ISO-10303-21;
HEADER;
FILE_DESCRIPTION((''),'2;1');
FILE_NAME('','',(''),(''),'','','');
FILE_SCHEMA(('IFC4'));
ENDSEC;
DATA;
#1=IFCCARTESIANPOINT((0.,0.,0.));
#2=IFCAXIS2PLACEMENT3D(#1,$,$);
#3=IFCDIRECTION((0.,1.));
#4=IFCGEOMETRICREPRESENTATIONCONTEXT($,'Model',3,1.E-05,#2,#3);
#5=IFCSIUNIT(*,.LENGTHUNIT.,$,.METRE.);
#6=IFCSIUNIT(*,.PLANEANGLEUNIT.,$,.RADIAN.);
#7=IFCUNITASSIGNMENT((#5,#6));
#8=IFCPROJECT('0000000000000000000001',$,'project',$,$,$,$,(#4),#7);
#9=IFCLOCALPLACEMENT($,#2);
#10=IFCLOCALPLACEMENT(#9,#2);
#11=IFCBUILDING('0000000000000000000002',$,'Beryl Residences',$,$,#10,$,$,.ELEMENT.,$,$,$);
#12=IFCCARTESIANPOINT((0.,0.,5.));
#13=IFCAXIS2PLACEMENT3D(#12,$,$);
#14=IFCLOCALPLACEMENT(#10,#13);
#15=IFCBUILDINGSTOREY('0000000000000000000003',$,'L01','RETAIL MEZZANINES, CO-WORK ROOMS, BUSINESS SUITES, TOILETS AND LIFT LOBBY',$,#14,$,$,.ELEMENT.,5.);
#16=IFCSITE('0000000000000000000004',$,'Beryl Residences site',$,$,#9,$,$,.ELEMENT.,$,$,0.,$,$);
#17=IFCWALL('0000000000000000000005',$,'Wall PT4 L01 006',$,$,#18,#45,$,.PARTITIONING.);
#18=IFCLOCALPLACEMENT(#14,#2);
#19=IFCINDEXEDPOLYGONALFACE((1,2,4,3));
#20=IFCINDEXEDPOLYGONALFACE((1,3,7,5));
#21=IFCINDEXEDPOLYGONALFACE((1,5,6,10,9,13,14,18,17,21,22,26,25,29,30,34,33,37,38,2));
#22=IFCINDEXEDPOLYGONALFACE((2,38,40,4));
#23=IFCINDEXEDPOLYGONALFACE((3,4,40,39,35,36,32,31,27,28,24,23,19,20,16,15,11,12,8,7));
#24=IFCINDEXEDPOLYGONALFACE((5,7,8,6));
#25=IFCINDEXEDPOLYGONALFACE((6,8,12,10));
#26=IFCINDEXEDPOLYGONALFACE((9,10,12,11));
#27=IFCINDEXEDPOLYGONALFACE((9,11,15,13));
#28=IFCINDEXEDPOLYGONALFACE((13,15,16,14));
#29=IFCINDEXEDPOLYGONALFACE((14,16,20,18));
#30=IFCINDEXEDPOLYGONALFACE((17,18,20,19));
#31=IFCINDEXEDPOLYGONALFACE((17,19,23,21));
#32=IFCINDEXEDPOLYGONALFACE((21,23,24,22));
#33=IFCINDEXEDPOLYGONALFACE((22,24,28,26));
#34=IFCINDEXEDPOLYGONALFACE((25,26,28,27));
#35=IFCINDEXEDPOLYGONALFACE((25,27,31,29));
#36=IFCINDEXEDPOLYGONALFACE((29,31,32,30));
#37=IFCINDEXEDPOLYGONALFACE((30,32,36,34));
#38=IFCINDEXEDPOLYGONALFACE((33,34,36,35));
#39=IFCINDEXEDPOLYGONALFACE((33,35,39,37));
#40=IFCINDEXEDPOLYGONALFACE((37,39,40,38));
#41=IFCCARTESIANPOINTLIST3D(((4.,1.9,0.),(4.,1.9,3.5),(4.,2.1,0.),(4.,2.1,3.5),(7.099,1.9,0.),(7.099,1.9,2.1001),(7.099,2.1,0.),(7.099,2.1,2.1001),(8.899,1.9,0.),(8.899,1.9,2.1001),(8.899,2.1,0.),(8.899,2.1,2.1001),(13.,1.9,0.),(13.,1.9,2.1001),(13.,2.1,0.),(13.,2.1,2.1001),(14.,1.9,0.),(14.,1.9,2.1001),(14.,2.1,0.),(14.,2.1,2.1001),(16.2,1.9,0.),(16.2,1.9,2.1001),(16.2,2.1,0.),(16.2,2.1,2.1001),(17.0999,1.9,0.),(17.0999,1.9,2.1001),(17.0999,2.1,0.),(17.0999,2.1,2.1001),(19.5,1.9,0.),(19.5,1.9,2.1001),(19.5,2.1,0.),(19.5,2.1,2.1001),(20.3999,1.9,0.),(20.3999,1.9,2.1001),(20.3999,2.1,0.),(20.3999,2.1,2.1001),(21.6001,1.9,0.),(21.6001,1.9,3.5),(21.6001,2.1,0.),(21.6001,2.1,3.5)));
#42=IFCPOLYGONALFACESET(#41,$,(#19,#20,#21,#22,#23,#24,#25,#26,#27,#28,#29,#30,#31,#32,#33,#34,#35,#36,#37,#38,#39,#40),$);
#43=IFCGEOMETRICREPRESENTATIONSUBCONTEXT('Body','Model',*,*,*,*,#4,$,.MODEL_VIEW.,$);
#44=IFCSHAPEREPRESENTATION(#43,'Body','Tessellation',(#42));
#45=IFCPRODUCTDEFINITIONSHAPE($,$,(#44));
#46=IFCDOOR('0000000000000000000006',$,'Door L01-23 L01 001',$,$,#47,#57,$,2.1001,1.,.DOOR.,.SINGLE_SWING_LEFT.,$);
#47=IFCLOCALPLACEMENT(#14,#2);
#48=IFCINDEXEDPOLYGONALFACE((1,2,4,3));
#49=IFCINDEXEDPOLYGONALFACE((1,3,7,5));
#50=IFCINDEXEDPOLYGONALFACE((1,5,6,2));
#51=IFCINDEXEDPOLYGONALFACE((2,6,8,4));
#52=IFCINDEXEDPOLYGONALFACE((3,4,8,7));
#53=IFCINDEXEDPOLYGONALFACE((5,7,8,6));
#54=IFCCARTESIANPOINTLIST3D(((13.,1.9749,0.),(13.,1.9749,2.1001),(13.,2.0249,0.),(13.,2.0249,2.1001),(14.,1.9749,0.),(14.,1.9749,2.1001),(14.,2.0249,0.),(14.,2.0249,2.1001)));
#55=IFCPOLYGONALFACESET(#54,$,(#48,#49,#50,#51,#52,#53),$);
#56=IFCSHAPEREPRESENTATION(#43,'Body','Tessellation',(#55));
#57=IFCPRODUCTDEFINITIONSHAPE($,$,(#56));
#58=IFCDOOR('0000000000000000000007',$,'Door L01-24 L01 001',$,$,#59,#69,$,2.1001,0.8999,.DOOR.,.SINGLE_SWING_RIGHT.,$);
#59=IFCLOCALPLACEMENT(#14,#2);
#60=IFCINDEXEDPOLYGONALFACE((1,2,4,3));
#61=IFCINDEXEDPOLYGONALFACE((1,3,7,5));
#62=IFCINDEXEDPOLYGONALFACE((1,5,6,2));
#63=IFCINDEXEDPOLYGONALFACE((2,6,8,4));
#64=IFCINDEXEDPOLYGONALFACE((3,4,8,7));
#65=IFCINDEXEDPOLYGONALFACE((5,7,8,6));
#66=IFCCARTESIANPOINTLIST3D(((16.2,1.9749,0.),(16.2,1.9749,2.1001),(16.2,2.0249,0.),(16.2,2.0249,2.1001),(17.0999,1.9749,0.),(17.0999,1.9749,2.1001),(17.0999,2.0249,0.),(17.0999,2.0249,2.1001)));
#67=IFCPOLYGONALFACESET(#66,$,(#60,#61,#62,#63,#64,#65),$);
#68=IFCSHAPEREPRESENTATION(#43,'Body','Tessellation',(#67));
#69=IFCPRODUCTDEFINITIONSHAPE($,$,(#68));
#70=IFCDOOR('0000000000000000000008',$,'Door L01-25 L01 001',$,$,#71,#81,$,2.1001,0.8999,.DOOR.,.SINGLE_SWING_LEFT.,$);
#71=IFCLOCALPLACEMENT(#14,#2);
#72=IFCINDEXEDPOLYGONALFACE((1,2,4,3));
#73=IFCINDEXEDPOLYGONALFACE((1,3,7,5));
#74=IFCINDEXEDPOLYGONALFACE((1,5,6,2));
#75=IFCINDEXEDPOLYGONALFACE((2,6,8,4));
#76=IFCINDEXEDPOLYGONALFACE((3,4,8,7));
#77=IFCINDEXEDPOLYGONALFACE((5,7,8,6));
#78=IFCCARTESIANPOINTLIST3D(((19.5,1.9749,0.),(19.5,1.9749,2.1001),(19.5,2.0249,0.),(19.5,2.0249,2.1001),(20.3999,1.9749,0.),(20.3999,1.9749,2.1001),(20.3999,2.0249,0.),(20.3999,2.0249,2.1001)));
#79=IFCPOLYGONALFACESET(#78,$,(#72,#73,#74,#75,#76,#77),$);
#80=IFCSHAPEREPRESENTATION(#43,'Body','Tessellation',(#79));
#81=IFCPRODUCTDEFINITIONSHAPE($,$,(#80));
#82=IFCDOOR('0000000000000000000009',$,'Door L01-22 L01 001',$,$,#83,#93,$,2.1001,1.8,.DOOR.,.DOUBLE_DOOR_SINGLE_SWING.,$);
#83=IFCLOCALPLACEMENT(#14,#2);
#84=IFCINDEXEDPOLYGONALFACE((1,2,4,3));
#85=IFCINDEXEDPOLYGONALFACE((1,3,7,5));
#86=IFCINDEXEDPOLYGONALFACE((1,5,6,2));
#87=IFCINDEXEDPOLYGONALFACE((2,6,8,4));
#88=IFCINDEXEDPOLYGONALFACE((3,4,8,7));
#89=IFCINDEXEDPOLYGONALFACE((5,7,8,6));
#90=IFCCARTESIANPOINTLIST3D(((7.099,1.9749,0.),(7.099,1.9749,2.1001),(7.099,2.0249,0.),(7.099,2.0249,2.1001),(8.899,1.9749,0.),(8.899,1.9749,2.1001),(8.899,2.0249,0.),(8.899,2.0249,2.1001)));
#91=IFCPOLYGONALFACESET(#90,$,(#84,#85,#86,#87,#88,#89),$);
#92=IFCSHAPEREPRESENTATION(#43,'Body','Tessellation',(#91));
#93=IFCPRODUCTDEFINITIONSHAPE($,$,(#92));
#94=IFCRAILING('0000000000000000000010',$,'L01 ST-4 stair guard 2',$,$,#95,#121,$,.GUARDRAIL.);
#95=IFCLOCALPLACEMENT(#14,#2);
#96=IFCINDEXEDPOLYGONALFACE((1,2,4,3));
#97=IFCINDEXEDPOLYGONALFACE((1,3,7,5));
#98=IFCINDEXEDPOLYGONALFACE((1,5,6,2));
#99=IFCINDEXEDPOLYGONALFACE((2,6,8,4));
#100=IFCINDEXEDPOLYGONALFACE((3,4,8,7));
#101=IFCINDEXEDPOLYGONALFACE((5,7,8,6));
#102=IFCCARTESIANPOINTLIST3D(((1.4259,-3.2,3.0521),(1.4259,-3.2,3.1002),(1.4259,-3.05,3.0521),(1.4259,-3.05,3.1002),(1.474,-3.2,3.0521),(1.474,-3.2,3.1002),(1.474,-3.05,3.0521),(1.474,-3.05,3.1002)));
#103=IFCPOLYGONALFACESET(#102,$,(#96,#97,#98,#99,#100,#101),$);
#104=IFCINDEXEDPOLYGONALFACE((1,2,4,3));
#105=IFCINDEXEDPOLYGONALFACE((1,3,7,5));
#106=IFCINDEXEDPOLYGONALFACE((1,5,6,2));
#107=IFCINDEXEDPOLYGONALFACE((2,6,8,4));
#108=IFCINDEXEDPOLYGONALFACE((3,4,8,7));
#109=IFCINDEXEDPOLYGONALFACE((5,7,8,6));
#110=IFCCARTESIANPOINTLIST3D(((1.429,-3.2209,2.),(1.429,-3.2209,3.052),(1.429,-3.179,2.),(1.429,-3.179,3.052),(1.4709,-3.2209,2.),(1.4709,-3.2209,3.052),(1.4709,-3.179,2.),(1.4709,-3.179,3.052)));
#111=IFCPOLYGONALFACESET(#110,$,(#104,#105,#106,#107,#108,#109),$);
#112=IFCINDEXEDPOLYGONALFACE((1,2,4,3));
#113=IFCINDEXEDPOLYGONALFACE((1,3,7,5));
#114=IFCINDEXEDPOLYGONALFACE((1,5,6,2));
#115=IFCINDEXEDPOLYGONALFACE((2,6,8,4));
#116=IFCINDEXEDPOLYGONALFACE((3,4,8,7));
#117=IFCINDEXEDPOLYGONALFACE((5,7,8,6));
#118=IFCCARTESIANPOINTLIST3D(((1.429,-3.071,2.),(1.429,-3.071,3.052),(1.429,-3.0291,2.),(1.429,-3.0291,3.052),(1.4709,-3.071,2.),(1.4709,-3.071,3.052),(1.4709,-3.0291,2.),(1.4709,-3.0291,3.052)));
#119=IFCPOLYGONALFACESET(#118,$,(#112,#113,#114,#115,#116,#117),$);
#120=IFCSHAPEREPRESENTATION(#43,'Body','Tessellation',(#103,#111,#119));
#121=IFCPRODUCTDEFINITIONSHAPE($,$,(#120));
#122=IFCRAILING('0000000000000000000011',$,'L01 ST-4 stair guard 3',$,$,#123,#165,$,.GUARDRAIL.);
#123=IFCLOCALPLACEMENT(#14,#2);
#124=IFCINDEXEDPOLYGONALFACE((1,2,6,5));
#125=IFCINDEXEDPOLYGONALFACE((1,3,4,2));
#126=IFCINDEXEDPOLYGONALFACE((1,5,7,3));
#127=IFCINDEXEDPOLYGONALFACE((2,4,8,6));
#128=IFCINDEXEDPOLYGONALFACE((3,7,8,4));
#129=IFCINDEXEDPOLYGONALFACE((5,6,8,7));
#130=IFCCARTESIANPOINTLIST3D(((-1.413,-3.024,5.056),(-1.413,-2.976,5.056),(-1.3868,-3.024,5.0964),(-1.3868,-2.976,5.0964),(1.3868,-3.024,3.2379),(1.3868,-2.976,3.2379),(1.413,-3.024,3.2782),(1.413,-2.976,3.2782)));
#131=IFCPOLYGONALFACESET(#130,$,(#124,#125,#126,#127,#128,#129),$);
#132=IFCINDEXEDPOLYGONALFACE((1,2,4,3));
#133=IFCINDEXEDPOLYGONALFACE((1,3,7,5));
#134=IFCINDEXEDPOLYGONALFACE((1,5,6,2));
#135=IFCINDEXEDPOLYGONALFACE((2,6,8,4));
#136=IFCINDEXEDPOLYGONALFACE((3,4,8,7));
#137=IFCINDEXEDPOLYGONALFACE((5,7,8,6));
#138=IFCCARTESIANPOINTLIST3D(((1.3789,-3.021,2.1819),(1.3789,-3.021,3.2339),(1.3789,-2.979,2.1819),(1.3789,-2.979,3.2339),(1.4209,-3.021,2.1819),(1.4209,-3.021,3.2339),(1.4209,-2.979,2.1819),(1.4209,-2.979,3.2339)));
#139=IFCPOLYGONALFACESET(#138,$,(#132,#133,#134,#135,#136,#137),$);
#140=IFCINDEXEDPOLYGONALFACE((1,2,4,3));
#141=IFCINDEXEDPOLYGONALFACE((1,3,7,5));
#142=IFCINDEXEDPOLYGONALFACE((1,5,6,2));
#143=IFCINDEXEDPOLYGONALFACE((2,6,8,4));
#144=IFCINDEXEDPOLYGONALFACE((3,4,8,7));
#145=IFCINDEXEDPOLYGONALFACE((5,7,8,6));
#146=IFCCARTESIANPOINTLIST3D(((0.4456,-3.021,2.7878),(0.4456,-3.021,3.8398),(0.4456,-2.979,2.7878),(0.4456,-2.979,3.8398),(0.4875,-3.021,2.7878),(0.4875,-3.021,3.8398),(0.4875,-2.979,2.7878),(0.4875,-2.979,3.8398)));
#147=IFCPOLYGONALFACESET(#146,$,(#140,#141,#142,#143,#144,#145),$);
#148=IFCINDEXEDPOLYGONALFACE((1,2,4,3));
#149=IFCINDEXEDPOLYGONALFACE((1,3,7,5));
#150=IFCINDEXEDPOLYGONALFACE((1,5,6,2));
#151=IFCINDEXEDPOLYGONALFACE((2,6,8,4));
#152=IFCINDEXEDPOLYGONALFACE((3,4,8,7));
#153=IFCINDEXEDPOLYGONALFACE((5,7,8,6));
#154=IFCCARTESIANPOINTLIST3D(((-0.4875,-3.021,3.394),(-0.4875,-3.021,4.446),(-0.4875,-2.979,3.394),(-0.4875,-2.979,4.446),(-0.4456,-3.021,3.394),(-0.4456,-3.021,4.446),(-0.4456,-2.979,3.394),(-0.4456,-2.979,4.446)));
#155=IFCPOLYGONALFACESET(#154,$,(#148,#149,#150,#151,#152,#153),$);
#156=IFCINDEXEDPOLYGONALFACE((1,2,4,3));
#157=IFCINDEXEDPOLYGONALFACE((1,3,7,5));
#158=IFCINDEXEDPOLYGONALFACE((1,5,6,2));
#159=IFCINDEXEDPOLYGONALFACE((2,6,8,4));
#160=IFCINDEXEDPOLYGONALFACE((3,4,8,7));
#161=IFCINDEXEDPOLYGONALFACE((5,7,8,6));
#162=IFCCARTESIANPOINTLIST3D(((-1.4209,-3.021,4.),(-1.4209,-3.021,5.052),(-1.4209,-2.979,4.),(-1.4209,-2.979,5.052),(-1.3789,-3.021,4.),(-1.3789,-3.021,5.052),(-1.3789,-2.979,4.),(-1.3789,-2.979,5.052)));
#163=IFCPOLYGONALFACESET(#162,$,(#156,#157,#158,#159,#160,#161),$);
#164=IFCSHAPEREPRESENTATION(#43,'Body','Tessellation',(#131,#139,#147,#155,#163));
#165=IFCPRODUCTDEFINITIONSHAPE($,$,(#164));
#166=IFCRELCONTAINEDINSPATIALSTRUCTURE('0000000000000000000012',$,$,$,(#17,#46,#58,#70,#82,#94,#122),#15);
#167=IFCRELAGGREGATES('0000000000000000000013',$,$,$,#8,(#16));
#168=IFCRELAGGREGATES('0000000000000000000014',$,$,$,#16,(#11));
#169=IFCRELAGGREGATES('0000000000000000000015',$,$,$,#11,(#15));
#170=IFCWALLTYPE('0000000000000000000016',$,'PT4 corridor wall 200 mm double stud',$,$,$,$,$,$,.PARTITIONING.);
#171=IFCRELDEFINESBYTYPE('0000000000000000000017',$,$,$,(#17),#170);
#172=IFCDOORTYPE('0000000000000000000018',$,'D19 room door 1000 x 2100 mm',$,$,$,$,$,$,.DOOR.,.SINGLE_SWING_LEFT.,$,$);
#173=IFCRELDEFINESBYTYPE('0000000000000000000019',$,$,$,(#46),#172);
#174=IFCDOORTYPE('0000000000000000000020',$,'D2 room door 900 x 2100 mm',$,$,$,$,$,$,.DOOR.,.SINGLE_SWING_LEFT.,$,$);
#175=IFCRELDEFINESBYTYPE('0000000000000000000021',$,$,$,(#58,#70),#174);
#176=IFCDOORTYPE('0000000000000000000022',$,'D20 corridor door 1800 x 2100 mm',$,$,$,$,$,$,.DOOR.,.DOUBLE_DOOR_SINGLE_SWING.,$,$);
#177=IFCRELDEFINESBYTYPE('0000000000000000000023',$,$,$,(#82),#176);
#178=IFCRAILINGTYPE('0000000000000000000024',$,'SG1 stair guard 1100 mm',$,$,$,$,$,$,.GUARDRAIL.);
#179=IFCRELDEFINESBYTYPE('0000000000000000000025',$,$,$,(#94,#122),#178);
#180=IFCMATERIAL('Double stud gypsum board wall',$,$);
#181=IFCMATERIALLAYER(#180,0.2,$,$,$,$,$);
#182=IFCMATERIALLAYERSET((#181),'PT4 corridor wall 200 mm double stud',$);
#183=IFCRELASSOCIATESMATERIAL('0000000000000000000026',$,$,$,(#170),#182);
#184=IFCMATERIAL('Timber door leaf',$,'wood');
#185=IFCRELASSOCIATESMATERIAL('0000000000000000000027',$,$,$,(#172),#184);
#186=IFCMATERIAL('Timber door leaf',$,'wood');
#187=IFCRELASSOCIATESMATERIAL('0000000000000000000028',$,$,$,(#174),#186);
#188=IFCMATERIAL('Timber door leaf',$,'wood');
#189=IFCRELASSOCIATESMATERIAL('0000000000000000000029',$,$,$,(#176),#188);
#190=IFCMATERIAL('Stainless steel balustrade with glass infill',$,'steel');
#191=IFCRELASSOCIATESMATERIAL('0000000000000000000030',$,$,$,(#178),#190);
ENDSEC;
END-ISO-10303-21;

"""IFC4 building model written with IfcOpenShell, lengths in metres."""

from ifc_helpers import new_model, si_unit, direction, frame, frame_2d, origin, origin_2d, place, context, subcontext, project, spatial, rectangle, extrude, material, layer, layer_set, type_object, element, fill, save


model = new_model("IFC4")

# Units and contexts
model_context = context("Model", 3, precision=1e-05, world=origin(), true_north=direction((0.0, 1.0)))
body_context = subcontext(model_context, "Body", "Model", "MODEL_VIEW")
ifc_project = project(units=[si_unit("LENGTHUNIT", "METRE"), si_unit("PLANEANGLEUNIT", "RADIAN")], contexts=[model_context])

# Site, building, storey
site_placement = place(None, origin())
site = spatial("IfcSite", under=ifc_project, at=site_placement, Name="Beryl Residences site", CompositionType="ELEMENT", RefElevation=0.0)
building_placement = place(site_placement, origin())
building = spatial("IfcBuilding", under=site, at=building_placement, Name="Beryl Residences", CompositionType="ELEMENT")
storey_placement = place(building_placement, frame((0.0, 0.0, 5.0)))
storey = spatial("IfcBuildingStorey", under=building, at=storey_placement, Name="L01", Description="RETAIL MEZZANINES, CO-WORK ROOMS, BUSINESS SUITES, TOILETS AND LIFT LOBBY", CompositionType="ELEMENT", Elevation=5.0)

# Wall, openings, doors
ifc_material_1 = material(Name="Double stud gypsum board wall")
ifc_layer_1 = layer(ifc_material_1, 0.2)
ifc_layer_set_1 = layer_set([ifc_layer_1], Name="PT4 corridor wall 200 mm double stud")
wall_type_1 = type_object("IfcWallType", Name="PT4 corridor wall 200 mm double stud", PredefinedType="PARTITIONING", material=ifc_layer_set_1)
wall_1_placement = place(storey_placement, frame((4.0, 2.0, 0.0), z_axis=(0.0, 0.0, 1.0), x_axis=(1.0, 0.0, 0.0)))
wall_1 = element("IfcWall", 1, at=wall_1_placement, inside=storey, type_object=wall_type_1, Name="Wall PT4 L01 006", PredefinedType="PARTITIONING", context=body_context, shape_type="SweptSolid", body=[
    extrude(rectangle(XDim=17.6001, YDim=0.2, at=frame_2d((8.8, 0.0))), origin(), (0.0, 0.0, 1.0), 3.5),
])
opening_1_placement = place(wall_1_placement, frame((3.0991, 0.0, 0.0)))
opening_1 = element("IfcOpeningElement", 2, at=opening_1_placement, cuts=wall_1, PredefinedType="OPENING", context=body_context, shape_type="SweptSolid", body=[
    extrude(rectangle(XDim=1.8, YDim=2.1001, at=frame_2d((0.8999, 1.05))), frame((0.0, 0.1099, 0.0), z_axis=(0.0, -1.0, 0.0), x_axis=(1.0, 0.0, 0.0)), (0.0, 0.0, 1.0), 0.22),
])
opening_2_placement = place(wall_1_placement, frame((9.0, 0.0, 0.0)))
opening_2 = element("IfcOpeningElement", 3, at=opening_2_placement, cuts=wall_1, PredefinedType="OPENING", context=body_context, shape_type="SweptSolid", body=[
    extrude(rectangle(XDim=1.0, YDim=2.1001, at=frame_2d((0.5, 1.05))), frame((0.0, 0.1099, 0.0), z_axis=(0.0, -1.0, 0.0), x_axis=(1.0, 0.0, 0.0)), (0.0, 0.0, 1.0), 0.22),
])
opening_3_placement = place(wall_1_placement, frame((12.2, 0.0, 0.0)))
opening_3 = element("IfcOpeningElement", 4, at=opening_3_placement, cuts=wall_1, PredefinedType="OPENING", context=body_context, shape_type="SweptSolid", body=[
    extrude(rectangle(XDim=0.8999, YDim=2.1001, at=frame_2d((0.45, 1.05))), frame((0.0, 0.1099, 0.0), z_axis=(0.0, -1.0, 0.0), x_axis=(1.0, 0.0, 0.0)), (0.0, 0.0, 1.0), 0.22),
])
opening_4_placement = place(wall_1_placement, frame((15.5, 0.0, 0.0)))
opening_4 = element("IfcOpeningElement", 5, at=opening_4_placement, cuts=wall_1, PredefinedType="OPENING", context=body_context, shape_type="SweptSolid", body=[
    extrude(rectangle(XDim=0.8999, YDim=2.1001, at=frame_2d((0.45, 1.05))), frame((0.0, 0.1099, 0.0), z_axis=(0.0, -1.0, 0.0), x_axis=(1.0, 0.0, 0.0)), (0.0, 0.0, 1.0), 0.22),
])
ifc_material_2 = material(Name="Timber door leaf", Category="wood")
door_type_1 = type_object("IfcDoorType", Name="D19 room door 1000 x 2100 mm", OperationType="SINGLE_SWING_LEFT", PredefinedType="DOOR", material=ifc_material_2)
door_1_placement = place(opening_2_placement, origin())
door_1 = element("IfcDoor", 6, at=door_1_placement, inside=storey, type_object=door_type_1, Name="Door L01-23 L01 001", OperationType="SINGLE_SWING_LEFT", OverallHeight=2.1001, OverallWidth=1.0, PredefinedType="DOOR", context=body_context, shape_type="SweptSolid", body=[
    extrude(rectangle(XDim=1.0, YDim=2.1001, at=frame_2d((0.5, 1.05))), frame((0.0, 0.0249, 0.0), z_axis=(0.0, -1.0, 0.0), x_axis=(1.0, 0.0, 0.0)), (0.0, 0.0, 1.0), 0.05),
])
fill(opening_2, door_1)
ifc_material_3 = material(Name="Timber door leaf", Category="wood")
door_type_2 = type_object("IfcDoorType", Name="D2 room door 900 x 2100 mm", OperationType="SINGLE_SWING_LEFT", PredefinedType="DOOR", material=ifc_material_3)
door_2_placement = place(opening_3_placement, origin())
door_2 = element("IfcDoor", 7, at=door_2_placement, inside=storey, type_object=door_type_2, Name="Door L01-24 L01 001", OperationType="SINGLE_SWING_RIGHT", OverallHeight=2.1001, OverallWidth=0.8999, PredefinedType="DOOR", context=body_context, shape_type="SweptSolid", body=[
    extrude(rectangle(XDim=0.8999, YDim=2.1001, at=frame_2d((0.45, 1.05))), frame((0.0, 0.0249, 0.0), z_axis=(0.0, -1.0, 0.0), x_axis=(1.0, 0.0, 0.0)), (0.0, 0.0, 1.0), 0.05),
])
fill(opening_3, door_2)
door_3_placement = place(opening_4_placement, origin())
door_3 = element("IfcDoor", 8, at=door_3_placement, inside=storey, type_object=door_type_2, Name="Door L01-25 L01 001", OperationType="SINGLE_SWING_LEFT", OverallHeight=2.1001, OverallWidth=0.8999, PredefinedType="DOOR", context=body_context, shape_type="SweptSolid", body=[
    extrude(rectangle(XDim=0.8999, YDim=2.1001, at=frame_2d((0.45, 1.05))), frame((0.0, 0.0249, 0.0), z_axis=(0.0, -1.0, 0.0), x_axis=(1.0, 0.0, 0.0)), (0.0, 0.0, 1.0), 0.05),
])
fill(opening_4, door_3)
ifc_material_4 = material(Name="Timber door leaf", Category="wood")
door_type_3 = type_object("IfcDoorType", Name="D20 corridor door 1800 x 2100 mm", OperationType="DOUBLE_DOOR_SINGLE_SWING", PredefinedType="DOOR", material=ifc_material_4)
door_4_placement = place(opening_1_placement, origin())
door_4 = element("IfcDoor", 9, at=door_4_placement, inside=storey, type_object=door_type_3, Name="Door L01-22 L01 001", OperationType="DOUBLE_DOOR_SINGLE_SWING", OverallHeight=2.1001, OverallWidth=1.8, PredefinedType="DOOR", context=body_context, shape_type="SweptSolid", body=[
    extrude(rectangle(XDim=1.8, YDim=2.1001, at=frame_2d((0.8999, 1.05))), frame((0.0, 0.0249, 0.0), z_axis=(0.0, -1.0, 0.0), x_axis=(1.0, 0.0, 0.0)), (0.0, 0.0, 1.0), 0.05),
])
fill(opening_1, door_4)

# Railings
ifc_material_5 = material(Name="Stainless steel balustrade with glass infill", Category="steel")
railing_type_1 = type_object("IfcRailingType", Name="SG1 stair guard 1100 mm", PredefinedType="GUARDRAIL", material=ifc_material_5)
railing_1_placement = place(storey_placement, frame((1.45, -3.2, 2.0)))
element("IfcRailing", 10, at=railing_1_placement, inside=storey, type_object=railing_type_1, Name="L01 ST-4 stair guard 2", PredefinedType="GUARDRAIL", context=body_context, shape_type="SweptSolid", body=[
    extrude(rectangle(XDim=0.0481, YDim=0.0481, at=origin_2d()), frame((0.0, 0.0, 1.0762), z_axis=(0.0, 1.0, 0.0), x_axis=(-1.0, 0.0, 0.0)), (0.0, 0.0, 1.0), 0.1499),
    extrude(rectangle(XDim=0.042, YDim=0.042, at=origin_2d()), origin(), (0.0, 0.0, 1.0), 1.052),
    extrude(rectangle(XDim=0.042, YDim=0.042, at=origin_2d()), frame((0.0, 0.1499, 0.0)), (0.0, 0.0, 1.0), 1.052),
])
railing_2_placement = place(storey_placement, frame((1.3999, -3.0, 2.1819)))
element("IfcRailing", 11, at=railing_2_placement, inside=storey, type_object=railing_type_1, Name="L01 ST-4 stair guard 3", PredefinedType="GUARDRAIL", context=body_context, shape_type="SweptSolid", body=[
    extrude(rectangle(XDim=0.0481, YDim=0.0481, at=origin_2d()), frame((0.0, 0.0, 1.0762), z_axis=(-0.838684, 0.0, 0.544618), x_axis=(0.0, -1.0, 0.0)), (0.0, 0.0, 1.0), 3.3384),
    extrude(rectangle(XDim=0.042, YDim=0.042, at=origin_2d()), origin(), (0.0, 0.0, 1.0), 1.052),
    extrude(rectangle(XDim=0.042, YDim=0.042, at=origin_2d()), frame((-0.9333, 0.0, 0.606)), (0.0, 0.0, 1.0), 1.052),
    extrude(rectangle(XDim=0.042, YDim=0.042, at=origin_2d()), frame((-1.8665, 0.0, 1.2122)), (0.0, 0.0, 1.0), 1.052),
    extrude(rectangle(XDim=0.042, YDim=0.042, at=origin_2d()), frame((-2.7998, 0.0, 1.8181)), (0.0, 0.0, 1.0), 1.052),
])

save(model, "model.ifc")
